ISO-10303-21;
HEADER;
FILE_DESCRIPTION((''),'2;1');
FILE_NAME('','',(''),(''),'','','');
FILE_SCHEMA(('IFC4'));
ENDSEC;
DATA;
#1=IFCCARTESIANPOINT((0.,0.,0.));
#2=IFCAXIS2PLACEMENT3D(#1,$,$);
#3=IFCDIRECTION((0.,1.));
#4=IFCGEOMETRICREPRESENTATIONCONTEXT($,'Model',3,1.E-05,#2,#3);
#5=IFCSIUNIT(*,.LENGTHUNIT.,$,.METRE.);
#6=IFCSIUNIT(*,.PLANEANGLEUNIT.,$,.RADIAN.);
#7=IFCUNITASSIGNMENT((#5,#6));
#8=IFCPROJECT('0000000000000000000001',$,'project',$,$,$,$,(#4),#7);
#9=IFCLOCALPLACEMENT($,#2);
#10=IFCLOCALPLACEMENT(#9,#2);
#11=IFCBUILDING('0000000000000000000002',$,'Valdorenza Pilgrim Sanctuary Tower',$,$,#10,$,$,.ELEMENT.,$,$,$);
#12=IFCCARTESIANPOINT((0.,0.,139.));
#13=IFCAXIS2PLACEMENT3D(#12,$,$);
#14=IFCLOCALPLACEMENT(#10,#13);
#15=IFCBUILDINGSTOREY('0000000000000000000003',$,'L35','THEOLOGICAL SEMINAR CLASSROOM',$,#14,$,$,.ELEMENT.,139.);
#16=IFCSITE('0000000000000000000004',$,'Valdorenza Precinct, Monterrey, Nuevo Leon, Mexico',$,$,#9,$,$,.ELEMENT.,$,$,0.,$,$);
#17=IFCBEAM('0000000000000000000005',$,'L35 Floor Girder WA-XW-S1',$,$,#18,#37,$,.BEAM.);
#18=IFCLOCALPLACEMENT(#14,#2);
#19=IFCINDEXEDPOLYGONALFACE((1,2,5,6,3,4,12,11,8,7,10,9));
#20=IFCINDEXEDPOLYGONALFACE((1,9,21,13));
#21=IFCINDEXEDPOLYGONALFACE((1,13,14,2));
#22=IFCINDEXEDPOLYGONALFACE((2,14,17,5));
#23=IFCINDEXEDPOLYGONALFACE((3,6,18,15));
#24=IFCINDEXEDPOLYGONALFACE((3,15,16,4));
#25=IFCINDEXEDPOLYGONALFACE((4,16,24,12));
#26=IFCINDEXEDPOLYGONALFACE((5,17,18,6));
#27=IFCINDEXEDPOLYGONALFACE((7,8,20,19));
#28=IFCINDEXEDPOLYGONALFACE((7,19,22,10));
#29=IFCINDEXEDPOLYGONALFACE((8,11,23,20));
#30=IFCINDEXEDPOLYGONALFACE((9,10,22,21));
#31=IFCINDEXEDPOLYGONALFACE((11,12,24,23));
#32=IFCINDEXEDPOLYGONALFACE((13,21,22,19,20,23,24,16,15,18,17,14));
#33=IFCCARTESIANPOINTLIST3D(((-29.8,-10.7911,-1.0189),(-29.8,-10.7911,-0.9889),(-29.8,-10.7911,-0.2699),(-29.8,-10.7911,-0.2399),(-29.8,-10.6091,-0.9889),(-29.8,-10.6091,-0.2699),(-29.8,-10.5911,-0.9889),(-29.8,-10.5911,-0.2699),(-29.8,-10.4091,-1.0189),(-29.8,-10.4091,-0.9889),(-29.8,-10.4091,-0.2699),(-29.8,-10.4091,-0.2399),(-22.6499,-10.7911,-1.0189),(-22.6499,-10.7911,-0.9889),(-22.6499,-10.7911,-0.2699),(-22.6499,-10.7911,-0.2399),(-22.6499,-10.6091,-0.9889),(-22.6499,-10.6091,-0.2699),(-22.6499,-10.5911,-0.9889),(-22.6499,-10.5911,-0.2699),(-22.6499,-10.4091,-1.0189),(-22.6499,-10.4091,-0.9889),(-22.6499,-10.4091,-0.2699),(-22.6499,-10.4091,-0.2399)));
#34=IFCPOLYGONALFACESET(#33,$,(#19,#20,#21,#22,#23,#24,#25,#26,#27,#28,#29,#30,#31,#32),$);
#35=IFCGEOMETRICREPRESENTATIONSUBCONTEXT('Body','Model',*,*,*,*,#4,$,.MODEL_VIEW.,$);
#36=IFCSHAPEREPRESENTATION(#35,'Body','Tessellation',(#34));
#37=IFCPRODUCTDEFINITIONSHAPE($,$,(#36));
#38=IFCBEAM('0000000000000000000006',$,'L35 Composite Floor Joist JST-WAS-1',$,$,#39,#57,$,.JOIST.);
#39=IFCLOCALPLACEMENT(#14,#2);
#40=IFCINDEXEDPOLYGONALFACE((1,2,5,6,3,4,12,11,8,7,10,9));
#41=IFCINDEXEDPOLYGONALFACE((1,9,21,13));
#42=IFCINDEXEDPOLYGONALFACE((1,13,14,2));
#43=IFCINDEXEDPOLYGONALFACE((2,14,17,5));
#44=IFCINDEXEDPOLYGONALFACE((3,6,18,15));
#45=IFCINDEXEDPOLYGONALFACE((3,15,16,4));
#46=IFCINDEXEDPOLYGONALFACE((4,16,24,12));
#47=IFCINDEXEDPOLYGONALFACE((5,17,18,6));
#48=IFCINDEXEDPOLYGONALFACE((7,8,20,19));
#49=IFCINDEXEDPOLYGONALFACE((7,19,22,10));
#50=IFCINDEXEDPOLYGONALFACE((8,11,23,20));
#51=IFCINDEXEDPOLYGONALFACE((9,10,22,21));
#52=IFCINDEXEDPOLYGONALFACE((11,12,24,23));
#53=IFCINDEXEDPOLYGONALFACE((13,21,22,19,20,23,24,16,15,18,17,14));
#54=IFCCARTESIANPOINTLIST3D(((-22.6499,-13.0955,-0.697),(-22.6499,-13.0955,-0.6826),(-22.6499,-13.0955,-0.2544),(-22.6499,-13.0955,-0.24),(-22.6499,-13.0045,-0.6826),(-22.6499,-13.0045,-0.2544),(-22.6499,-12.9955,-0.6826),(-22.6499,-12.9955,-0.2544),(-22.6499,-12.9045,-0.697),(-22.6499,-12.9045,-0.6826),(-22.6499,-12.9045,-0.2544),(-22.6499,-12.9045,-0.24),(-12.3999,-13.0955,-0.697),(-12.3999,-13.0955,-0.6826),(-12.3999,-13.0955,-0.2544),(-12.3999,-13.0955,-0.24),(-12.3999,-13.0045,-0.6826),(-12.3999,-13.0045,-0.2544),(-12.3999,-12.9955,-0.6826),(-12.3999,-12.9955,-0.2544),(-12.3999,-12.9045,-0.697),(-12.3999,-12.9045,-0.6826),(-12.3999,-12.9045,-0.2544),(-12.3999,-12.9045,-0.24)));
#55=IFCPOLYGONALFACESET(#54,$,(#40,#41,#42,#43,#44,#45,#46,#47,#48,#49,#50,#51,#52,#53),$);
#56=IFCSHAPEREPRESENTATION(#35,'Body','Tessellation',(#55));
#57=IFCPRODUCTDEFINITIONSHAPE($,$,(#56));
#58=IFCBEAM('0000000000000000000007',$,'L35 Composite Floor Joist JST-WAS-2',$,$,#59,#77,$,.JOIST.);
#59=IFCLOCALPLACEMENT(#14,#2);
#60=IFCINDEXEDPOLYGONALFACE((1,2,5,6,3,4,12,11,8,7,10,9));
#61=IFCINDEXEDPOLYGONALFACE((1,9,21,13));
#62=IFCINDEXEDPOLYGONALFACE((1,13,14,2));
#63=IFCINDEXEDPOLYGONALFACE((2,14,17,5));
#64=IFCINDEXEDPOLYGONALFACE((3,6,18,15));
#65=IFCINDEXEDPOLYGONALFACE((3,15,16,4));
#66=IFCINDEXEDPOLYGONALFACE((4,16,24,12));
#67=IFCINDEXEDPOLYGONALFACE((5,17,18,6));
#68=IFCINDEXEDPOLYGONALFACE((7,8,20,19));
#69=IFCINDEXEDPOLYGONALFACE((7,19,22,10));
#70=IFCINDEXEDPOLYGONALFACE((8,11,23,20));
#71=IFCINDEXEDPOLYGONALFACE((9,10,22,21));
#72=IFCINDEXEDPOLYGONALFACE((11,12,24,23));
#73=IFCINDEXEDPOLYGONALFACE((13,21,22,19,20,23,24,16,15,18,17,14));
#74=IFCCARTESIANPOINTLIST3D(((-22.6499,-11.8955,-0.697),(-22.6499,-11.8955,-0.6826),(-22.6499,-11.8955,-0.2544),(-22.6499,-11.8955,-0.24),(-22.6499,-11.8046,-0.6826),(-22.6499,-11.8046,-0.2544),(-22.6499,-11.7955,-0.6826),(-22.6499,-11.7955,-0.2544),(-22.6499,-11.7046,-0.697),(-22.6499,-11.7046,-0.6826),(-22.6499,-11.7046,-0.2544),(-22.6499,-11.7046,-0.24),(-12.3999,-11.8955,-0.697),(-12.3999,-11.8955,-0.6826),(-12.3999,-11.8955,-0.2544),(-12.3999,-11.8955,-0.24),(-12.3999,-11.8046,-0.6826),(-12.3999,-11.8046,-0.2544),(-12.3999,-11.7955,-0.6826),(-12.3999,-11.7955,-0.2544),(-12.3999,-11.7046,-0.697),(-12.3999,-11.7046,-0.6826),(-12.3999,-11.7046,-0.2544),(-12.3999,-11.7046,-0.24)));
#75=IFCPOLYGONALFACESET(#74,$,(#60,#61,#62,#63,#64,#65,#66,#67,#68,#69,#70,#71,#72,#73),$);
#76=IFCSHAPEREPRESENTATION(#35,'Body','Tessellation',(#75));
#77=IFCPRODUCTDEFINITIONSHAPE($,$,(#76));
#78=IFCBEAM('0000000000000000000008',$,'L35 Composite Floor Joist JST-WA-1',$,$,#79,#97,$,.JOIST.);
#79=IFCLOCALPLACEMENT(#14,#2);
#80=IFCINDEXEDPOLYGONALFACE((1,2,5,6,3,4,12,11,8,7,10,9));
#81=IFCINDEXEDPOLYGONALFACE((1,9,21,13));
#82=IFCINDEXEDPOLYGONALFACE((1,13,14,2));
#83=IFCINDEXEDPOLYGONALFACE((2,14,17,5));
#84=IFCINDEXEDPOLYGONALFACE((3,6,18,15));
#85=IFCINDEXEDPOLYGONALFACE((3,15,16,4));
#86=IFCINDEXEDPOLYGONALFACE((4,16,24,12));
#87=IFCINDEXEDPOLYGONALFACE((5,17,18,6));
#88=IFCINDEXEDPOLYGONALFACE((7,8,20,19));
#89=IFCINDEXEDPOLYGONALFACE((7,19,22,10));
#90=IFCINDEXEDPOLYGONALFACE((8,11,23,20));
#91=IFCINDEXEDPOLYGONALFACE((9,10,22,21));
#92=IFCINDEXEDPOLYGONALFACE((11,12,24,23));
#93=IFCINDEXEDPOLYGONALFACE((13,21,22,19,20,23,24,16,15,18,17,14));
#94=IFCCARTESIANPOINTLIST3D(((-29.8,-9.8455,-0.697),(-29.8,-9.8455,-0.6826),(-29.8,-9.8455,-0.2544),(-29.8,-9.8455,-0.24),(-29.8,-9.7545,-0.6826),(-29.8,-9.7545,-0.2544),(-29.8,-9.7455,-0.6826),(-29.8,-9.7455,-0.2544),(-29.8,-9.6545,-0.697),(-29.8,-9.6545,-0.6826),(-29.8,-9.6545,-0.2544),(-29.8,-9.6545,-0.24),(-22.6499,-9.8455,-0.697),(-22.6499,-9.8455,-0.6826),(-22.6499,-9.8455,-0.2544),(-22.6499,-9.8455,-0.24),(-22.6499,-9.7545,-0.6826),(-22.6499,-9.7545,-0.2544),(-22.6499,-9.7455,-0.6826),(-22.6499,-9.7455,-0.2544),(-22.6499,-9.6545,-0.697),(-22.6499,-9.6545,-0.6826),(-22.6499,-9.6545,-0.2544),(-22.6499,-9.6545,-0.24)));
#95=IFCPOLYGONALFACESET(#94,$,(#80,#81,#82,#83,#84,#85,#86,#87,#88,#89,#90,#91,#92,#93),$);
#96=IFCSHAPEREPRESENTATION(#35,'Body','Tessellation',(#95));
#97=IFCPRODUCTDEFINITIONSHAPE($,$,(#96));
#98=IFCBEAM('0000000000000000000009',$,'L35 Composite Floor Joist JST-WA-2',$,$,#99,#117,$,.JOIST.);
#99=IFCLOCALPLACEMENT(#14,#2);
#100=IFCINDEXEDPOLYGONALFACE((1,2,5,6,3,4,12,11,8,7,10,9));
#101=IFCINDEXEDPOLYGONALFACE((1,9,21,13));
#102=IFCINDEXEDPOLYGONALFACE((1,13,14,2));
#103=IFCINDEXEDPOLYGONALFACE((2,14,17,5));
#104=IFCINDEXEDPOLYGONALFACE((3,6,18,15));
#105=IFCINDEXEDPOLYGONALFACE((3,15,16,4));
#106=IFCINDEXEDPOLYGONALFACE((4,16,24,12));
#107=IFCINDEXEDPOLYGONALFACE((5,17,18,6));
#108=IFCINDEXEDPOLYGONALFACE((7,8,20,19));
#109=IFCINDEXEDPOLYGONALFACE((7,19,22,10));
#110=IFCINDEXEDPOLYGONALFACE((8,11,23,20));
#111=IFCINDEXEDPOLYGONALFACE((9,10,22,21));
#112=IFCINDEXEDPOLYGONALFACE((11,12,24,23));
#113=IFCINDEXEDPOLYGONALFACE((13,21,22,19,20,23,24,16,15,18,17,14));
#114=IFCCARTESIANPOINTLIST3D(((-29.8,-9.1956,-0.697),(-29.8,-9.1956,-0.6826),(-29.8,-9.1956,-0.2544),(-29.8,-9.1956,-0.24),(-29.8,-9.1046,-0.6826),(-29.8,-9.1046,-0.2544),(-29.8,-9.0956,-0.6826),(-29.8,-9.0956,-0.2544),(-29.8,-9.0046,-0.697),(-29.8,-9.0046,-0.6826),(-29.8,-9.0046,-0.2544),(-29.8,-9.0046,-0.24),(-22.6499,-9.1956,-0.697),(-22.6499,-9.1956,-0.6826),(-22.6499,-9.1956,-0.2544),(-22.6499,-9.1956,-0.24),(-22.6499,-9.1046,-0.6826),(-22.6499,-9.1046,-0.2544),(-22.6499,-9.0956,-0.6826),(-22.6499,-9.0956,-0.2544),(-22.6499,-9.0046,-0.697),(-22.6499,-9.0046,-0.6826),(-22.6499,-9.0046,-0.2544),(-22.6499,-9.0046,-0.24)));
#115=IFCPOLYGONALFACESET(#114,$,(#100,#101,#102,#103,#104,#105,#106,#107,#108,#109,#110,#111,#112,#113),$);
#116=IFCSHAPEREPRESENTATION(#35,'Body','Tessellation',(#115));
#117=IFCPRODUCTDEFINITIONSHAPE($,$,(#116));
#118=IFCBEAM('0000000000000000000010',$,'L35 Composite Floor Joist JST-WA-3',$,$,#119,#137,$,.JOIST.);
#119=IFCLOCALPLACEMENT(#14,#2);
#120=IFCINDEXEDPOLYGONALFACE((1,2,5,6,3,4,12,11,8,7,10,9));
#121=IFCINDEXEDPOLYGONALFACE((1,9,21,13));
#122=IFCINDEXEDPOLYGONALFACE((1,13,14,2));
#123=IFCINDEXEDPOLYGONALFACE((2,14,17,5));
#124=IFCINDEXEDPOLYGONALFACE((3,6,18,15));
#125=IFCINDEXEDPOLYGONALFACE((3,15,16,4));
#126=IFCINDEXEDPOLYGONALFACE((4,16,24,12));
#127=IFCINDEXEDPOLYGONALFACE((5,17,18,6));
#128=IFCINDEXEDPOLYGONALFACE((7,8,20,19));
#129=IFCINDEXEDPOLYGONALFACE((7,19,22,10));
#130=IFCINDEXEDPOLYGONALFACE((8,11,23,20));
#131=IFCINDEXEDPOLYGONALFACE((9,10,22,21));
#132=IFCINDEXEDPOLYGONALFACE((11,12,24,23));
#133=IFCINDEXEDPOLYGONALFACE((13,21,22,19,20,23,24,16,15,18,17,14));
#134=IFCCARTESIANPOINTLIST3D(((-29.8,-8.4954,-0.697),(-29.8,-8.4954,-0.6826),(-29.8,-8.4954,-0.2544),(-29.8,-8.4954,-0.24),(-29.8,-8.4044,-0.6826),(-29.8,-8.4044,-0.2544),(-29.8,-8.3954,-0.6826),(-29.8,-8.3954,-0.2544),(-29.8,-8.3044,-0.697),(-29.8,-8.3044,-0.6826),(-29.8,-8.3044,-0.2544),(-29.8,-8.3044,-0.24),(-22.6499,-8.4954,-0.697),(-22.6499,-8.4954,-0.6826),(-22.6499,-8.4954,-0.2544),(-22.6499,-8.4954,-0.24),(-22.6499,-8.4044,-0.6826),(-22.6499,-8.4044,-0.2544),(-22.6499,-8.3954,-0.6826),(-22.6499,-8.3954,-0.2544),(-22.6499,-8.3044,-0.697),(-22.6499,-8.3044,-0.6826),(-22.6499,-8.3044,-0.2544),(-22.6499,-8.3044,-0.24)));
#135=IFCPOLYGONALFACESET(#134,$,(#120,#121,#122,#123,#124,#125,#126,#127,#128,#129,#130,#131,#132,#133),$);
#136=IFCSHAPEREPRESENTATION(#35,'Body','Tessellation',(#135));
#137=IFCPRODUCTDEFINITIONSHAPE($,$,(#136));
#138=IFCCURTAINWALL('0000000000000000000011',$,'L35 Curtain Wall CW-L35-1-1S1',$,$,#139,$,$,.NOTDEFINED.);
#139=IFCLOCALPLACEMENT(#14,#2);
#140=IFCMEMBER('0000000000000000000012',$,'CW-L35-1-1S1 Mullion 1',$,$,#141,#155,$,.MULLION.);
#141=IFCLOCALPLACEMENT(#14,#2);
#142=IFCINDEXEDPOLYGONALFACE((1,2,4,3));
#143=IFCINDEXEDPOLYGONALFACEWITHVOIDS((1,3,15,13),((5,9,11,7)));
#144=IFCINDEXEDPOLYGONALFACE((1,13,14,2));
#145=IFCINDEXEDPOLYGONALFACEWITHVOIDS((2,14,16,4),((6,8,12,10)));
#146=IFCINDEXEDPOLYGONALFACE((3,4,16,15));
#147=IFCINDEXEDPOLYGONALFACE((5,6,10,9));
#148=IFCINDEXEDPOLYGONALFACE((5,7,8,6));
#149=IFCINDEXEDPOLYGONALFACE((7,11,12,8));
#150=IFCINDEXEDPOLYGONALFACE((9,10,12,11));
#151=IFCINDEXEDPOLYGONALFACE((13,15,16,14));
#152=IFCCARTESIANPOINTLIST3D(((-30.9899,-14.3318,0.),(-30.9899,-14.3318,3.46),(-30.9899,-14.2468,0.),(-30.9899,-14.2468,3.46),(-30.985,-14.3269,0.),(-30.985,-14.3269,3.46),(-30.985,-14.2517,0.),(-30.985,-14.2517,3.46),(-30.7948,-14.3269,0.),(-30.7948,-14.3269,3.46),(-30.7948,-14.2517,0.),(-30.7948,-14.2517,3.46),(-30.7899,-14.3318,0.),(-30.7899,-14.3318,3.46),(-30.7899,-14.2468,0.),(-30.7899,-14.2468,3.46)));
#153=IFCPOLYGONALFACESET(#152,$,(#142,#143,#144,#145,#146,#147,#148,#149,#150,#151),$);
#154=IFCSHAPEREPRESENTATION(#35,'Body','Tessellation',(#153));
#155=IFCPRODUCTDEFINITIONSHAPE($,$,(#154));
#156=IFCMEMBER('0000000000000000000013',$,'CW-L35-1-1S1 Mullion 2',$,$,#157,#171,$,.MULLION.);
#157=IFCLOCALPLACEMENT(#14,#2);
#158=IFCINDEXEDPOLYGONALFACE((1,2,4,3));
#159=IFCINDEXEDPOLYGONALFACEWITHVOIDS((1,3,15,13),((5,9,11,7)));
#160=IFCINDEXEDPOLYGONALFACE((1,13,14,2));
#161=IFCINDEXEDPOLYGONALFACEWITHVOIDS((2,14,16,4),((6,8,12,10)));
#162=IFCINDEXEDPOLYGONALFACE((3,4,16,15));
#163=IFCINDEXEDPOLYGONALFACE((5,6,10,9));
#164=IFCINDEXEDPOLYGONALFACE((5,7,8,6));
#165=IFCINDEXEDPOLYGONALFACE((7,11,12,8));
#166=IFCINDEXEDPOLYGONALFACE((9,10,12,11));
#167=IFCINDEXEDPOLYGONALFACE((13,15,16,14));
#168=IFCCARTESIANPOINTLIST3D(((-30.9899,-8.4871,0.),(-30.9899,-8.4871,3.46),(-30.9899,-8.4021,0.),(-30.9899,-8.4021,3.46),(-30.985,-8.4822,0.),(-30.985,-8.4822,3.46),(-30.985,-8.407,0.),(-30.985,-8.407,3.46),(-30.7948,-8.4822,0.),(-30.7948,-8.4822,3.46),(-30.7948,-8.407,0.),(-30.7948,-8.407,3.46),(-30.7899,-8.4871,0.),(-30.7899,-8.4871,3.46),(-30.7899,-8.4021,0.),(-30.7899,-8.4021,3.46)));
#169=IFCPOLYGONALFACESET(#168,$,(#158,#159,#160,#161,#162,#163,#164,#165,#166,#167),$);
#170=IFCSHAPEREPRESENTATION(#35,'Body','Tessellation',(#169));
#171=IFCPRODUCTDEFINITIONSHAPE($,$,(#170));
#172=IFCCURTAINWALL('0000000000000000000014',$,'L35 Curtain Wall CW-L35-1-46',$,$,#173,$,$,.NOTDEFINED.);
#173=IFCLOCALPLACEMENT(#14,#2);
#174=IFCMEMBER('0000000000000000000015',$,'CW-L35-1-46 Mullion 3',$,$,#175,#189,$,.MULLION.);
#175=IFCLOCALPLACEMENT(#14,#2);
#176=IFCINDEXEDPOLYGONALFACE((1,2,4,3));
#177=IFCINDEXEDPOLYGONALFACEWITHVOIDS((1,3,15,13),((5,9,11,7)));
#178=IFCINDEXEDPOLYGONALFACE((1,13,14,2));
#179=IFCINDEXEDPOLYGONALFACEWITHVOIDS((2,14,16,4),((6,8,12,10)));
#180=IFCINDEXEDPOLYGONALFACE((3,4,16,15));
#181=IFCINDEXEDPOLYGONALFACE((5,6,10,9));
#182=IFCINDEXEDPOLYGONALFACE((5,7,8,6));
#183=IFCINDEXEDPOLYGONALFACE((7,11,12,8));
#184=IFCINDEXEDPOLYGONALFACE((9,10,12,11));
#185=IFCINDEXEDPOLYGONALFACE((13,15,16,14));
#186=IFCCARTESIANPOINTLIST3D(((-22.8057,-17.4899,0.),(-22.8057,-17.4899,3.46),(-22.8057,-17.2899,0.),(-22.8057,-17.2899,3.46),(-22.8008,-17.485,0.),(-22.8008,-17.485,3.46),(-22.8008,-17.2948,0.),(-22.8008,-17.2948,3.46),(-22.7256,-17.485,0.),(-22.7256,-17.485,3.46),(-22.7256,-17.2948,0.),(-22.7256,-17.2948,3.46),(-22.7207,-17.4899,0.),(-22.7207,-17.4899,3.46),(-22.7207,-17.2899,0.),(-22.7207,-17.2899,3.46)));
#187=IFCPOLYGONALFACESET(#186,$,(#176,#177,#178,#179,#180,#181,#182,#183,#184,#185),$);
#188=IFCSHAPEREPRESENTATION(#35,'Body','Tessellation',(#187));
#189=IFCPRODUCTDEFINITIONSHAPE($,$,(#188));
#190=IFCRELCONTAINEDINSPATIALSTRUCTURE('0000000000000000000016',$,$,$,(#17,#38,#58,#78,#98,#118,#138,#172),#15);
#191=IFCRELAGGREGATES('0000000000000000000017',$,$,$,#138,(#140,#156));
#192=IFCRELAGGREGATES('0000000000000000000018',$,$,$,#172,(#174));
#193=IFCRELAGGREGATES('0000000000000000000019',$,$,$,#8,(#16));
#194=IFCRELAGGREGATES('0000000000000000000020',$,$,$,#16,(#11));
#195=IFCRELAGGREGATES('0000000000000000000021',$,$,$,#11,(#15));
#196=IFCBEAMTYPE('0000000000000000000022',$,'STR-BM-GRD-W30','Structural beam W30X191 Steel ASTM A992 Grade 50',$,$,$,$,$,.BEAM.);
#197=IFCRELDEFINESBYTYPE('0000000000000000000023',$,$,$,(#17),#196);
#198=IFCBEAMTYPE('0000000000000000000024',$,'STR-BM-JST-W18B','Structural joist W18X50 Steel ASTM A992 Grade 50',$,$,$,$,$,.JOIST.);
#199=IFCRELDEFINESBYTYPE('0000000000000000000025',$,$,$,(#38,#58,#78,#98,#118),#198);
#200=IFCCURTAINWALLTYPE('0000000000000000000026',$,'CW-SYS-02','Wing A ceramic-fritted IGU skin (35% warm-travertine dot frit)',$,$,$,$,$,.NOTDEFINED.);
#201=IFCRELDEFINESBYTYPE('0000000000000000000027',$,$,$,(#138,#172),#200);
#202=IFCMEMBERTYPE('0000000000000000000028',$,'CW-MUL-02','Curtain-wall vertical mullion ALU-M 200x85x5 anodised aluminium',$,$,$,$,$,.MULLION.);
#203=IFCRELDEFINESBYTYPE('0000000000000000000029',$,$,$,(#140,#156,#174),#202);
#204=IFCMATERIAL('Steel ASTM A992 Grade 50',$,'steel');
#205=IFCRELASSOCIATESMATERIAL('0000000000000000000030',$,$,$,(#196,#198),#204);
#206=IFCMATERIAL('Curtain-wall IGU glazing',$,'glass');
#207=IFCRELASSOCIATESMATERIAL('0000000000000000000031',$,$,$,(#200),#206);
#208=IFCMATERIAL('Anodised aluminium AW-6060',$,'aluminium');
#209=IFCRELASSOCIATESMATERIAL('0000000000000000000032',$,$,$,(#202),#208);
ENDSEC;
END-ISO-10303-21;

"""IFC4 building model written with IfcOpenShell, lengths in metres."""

from ifc_helpers import new_model, si_unit, direction, frame, origin, origin_2d, place, context, subcontext, project, spatial, hollow_rectangle, i_section, extrude, source, transform, mapped, material, material_profile, profile_set, type_object, element, aggregate, save


model = new_model("IFC4")

# Units and contexts
model_context = context("Model", 3, precision=1e-05, world=origin(), true_north=direction((0.0, 1.0)))
body_context = subcontext(model_context, "Body", "Model", "MODEL_VIEW")
ifc_project = project(units=[si_unit("LENGTHUNIT", "METRE"), si_unit("PLANEANGLEUNIT", "RADIAN")], contexts=[model_context])

# Site, building, storey
site_placement = place(None, origin())
site = spatial("IfcSite", under=ifc_project, at=site_placement, Name="Valdorenza Precinct, Monterrey, Nuevo Leon, Mexico", CompositionType="ELEMENT", RefElevation=0.0)
building_placement = place(site_placement, origin())
building = spatial("IfcBuilding", under=site, at=building_placement, Name="Valdorenza Pilgrim Sanctuary Tower", CompositionType="ELEMENT")
storey_placement = place(building_placement, frame((0.0, 0.0, 139.0)))
storey = spatial("IfcBuildingStorey", under=building, at=storey_placement, Name="L35", Description="THEOLOGICAL SEMINAR CLASSROOM", CompositionType="ELEMENT", Elevation=139.0)

# Shared definitions
ifc_material_1 = material(Name="Steel ASTM A992 Grade 50", Category="steel")

# Beams
ifc_material_profile_1 = material_profile(ifc_material_1, i_section(OverallWidth=0.3821, OverallDepth=0.7791, WebThickness=0.0181, FlangeThickness=0.03, at=origin_2d()), Name="W30X191")
ifc_profile_set_1 = profile_set([ifc_material_profile_1], Name="Steel ASTM A992 Grade 50")
beam_type_1 = type_object("IfcBeamType", Name="STR-BM-GRD-W30", Description="Structural beam W30X191 Steel ASTM A992 Grade 50", PredefinedType="BEAM", material=ifc_profile_set_1)
shared_shape_1 = source(origin(), body_context, "Body", "SweptSolid", [
    extrude(i_section(OverallWidth=0.3821, OverallDepth=0.7791, WebThickness=0.0181, FlangeThickness=0.03, at=origin_2d()), origin(), (0.0, 0.0, 1.0), 7.1501),
])
beam_1_placement = place(storey_placement, frame((-29.8, -10.6001, -0.6294), z_axis=(1.0, 0.0, 0.0), x_axis=(0.0, 1.0, 0.0)))
element("IfcBeam", 1, at=beam_1_placement, inside=storey, type_object=beam_type_1, Name="L35 Floor Girder WA-XW-S1", PredefinedType="BEAM", context=body_context, shape_type="MappedRepresentation", body=[
    mapped(shared_shape_1, transform((0.0, 0.0, 0.0), x_axis=(1.0, 0.0, 0.0), y_axis=(0.0, 1.0, 0.0), z_axis=(0.0, 0.0, 1.0), scale=1.0)),
])
ifc_material_profile_2 = material_profile(ifc_material_1, i_section(OverallWidth=0.1909, OverallDepth=0.457, WebThickness=0.009, FlangeThickness=0.0144, at=origin_2d()), Name="W18X50")
ifc_profile_set_2 = profile_set([ifc_material_profile_2], Name="Steel ASTM A992 Grade 50")
beam_type_2 = type_object("IfcBeamType", Name="STR-BM-JST-W18B", Description="Structural joist W18X50 Steel ASTM A992 Grade 50", PredefinedType="JOIST", material=ifc_profile_set_2)
shared_shape_2 = source(origin(), body_context, "Body", "SweptSolid", [
    extrude(i_section(OverallWidth=0.1909, OverallDepth=0.457, WebThickness=0.009, FlangeThickness=0.0144, at=origin_2d()), origin(), (0.0, 0.0, 1.0), 10.25),
])
for number, where, z_axis, x_axis, name in (
    (2, (-22.6499, -13.0, -0.4685), (1.0, 0.0, 0.0), (0.0, 1.0, 0.0), "L35 Composite Floor Joist JST-WAS-1"),
    (3, (-22.6499, -11.8, -0.4685), (1.0, 0.0, 0.0), (0.0, 1.0, 0.0), "L35 Composite Floor Joist JST-WAS-2"),
):
    element("IfcBeam", number, at=place(storey_placement, frame(where, z_axis=z_axis, x_axis=x_axis)), inside=storey, type_object=beam_type_2, Name=name, PredefinedType="JOIST", context=body_context, shape_type="MappedRepresentation", body=[
        mapped(shared_shape_2, transform((0.0, 0.0, 0.0), x_axis=(1.0, 0.0, 0.0), y_axis=(0.0, 1.0, 0.0), z_axis=(0.0, 0.0, 1.0), scale=1.0)),
    ])
shared_shape_3 = source(origin(), body_context, "Body", "SweptSolid", [
    extrude(i_section(OverallWidth=0.1909, OverallDepth=0.457, WebThickness=0.009, FlangeThickness=0.0144, at=origin_2d()), origin(), (0.0, 0.0, 1.0), 7.1501),
])
for number, where, z_axis, x_axis, name in (
    (4, (-29.8, -9.75, -0.4685), (1.0, 0.0, 0.0), (0.0, 1.0, 0.0), "L35 Composite Floor Joist JST-WA-1"),
    (5, (-29.8, -9.1001, -0.4685), (1.0, 0.0, 0.0), (0.0, 1.0, 0.0), "L35 Composite Floor Joist JST-WA-2"),
    (6, (-29.8, -8.3999, -0.4685), (1.0, 0.0, 0.0), (0.0, 1.0, 0.0), "L35 Composite Floor Joist JST-WA-3"),
):
    element("IfcBeam", number, at=place(storey_placement, frame(where, z_axis=z_axis, x_axis=x_axis)), inside=storey, type_object=beam_type_2, Name=name, PredefinedType="JOIST", context=body_context, shape_type="MappedRepresentation", body=[
        mapped(shared_shape_3, transform((0.0, 0.0, 0.0), x_axis=(1.0, 0.0, 0.0), y_axis=(0.0, 1.0, 0.0), z_axis=(0.0, 0.0, 1.0), scale=1.0)),
    ])

# Curtain walls, members
ifc_material_2 = material(Name="Curtain-wall IGU glazing", Category="glass")
curtain_wall_type = type_object("IfcCurtainWallType", Name="CW-SYS-02", Description="Wing A ceramic-fritted IGU skin (35% warm-travertine dot frit)", PredefinedType="NOTDEFINED", material=ifc_material_2)
curtain_wall_1_placement = place(storey_placement, origin())
curtain_wall_1 = element("IfcCurtainWall", 7, at=curtain_wall_1_placement, inside=storey, type_object=curtain_wall_type, Name="L35 Curtain Wall CW-L35-1-1S1", PredefinedType="NOTDEFINED")
ifc_material_3 = material(Name="Anodised aluminium AW-6060", Category="aluminium")
ifc_material_profile_3 = material_profile(ifc_material_3, hollow_rectangle(XDim=0.085, YDim=0.2, WallThickness=0.0049, at=origin_2d()), Name="ALU-M 200x85x5")
ifc_profile_set_3 = profile_set([ifc_material_profile_3], Name="Anodised aluminium AW-6060")
member_type_1 = type_object("IfcMemberType", Name="CW-MUL-02", Description="Curtain-wall vertical mullion ALU-M 200x85x5 anodised aluminium", PredefinedType="MULLION", material=ifc_profile_set_3)
shared_shape_4 = source(origin(), body_context, "Body", "SweptSolid", [
    extrude(hollow_rectangle(XDim=0.085, YDim=0.2, WallThickness=0.0049, at=origin_2d()), origin(), (0.0, 0.0, 1.0), 3.46),
])
member_1_placement = place(storey_placement, frame((-30.8899, -14.2893, 0.0), z_axis=(0.0, 0.0, 1.0), x_axis=(0.0, 1.0, 0.0)))
member_1 = element("IfcMember", 8, at=member_1_placement, type_object=member_type_1, Name="CW-L35-1-1S1 Mullion 1", PredefinedType="MULLION", context=body_context, shape_type="MappedRepresentation", body=[
    mapped(shared_shape_4, transform((0.0, 0.0, 0.0), x_axis=(1.0, 0.0, 0.0), y_axis=(0.0, 1.0, 0.0), z_axis=(0.0, 0.0, 1.0), scale=1.0)),
])
member_2_placement = place(storey_placement, frame((-30.8899, -8.4446, 0.0), z_axis=(0.0, 0.0, 1.0), x_axis=(0.0, 1.0, 0.0)))
member_2 = element("IfcMember", 9, at=member_2_placement, type_object=member_type_1, Name="CW-L35-1-1S1 Mullion 2", PredefinedType="MULLION", context=body_context, shape_type="MappedRepresentation", body=[
    mapped(shared_shape_4, transform((0.0, 0.0, 0.0), x_axis=(1.0, 0.0, 0.0), y_axis=(0.0, 1.0, 0.0), z_axis=(0.0, 0.0, 1.0), scale=1.0)),
])
curtain_wall_2_placement = place(storey_placement, origin())
curtain_wall_2 = element("IfcCurtainWall", 10, at=curtain_wall_2_placement, inside=storey, type_object=curtain_wall_type, Name="L35 Curtain Wall CW-L35-1-46", PredefinedType="NOTDEFINED")
member_3_placement = place(storey_placement, frame((-22.7632, -17.3899, 0.0), z_axis=(0.0, 0.0, 1.0), x_axis=(-1.0, 0.0, 0.0)))
member_3 = element("IfcMember", 11, at=member_3_placement, type_object=member_type_1, Name="CW-L35-1-46 Mullion 3", PredefinedType="MULLION", context=body_context, shape_type="MappedRepresentation", body=[
    mapped(shared_shape_4, transform((0.0, 0.0, 0.0), x_axis=(1.0, 0.0, 0.0), y_axis=(0.0, 1.0, 0.0), z_axis=(0.0, 0.0, 1.0), scale=1.0)),
])

aggregate(curtain_wall_1, [member_1, member_2])
aggregate(curtain_wall_2, [member_3])

save(model, "model.ifc")
